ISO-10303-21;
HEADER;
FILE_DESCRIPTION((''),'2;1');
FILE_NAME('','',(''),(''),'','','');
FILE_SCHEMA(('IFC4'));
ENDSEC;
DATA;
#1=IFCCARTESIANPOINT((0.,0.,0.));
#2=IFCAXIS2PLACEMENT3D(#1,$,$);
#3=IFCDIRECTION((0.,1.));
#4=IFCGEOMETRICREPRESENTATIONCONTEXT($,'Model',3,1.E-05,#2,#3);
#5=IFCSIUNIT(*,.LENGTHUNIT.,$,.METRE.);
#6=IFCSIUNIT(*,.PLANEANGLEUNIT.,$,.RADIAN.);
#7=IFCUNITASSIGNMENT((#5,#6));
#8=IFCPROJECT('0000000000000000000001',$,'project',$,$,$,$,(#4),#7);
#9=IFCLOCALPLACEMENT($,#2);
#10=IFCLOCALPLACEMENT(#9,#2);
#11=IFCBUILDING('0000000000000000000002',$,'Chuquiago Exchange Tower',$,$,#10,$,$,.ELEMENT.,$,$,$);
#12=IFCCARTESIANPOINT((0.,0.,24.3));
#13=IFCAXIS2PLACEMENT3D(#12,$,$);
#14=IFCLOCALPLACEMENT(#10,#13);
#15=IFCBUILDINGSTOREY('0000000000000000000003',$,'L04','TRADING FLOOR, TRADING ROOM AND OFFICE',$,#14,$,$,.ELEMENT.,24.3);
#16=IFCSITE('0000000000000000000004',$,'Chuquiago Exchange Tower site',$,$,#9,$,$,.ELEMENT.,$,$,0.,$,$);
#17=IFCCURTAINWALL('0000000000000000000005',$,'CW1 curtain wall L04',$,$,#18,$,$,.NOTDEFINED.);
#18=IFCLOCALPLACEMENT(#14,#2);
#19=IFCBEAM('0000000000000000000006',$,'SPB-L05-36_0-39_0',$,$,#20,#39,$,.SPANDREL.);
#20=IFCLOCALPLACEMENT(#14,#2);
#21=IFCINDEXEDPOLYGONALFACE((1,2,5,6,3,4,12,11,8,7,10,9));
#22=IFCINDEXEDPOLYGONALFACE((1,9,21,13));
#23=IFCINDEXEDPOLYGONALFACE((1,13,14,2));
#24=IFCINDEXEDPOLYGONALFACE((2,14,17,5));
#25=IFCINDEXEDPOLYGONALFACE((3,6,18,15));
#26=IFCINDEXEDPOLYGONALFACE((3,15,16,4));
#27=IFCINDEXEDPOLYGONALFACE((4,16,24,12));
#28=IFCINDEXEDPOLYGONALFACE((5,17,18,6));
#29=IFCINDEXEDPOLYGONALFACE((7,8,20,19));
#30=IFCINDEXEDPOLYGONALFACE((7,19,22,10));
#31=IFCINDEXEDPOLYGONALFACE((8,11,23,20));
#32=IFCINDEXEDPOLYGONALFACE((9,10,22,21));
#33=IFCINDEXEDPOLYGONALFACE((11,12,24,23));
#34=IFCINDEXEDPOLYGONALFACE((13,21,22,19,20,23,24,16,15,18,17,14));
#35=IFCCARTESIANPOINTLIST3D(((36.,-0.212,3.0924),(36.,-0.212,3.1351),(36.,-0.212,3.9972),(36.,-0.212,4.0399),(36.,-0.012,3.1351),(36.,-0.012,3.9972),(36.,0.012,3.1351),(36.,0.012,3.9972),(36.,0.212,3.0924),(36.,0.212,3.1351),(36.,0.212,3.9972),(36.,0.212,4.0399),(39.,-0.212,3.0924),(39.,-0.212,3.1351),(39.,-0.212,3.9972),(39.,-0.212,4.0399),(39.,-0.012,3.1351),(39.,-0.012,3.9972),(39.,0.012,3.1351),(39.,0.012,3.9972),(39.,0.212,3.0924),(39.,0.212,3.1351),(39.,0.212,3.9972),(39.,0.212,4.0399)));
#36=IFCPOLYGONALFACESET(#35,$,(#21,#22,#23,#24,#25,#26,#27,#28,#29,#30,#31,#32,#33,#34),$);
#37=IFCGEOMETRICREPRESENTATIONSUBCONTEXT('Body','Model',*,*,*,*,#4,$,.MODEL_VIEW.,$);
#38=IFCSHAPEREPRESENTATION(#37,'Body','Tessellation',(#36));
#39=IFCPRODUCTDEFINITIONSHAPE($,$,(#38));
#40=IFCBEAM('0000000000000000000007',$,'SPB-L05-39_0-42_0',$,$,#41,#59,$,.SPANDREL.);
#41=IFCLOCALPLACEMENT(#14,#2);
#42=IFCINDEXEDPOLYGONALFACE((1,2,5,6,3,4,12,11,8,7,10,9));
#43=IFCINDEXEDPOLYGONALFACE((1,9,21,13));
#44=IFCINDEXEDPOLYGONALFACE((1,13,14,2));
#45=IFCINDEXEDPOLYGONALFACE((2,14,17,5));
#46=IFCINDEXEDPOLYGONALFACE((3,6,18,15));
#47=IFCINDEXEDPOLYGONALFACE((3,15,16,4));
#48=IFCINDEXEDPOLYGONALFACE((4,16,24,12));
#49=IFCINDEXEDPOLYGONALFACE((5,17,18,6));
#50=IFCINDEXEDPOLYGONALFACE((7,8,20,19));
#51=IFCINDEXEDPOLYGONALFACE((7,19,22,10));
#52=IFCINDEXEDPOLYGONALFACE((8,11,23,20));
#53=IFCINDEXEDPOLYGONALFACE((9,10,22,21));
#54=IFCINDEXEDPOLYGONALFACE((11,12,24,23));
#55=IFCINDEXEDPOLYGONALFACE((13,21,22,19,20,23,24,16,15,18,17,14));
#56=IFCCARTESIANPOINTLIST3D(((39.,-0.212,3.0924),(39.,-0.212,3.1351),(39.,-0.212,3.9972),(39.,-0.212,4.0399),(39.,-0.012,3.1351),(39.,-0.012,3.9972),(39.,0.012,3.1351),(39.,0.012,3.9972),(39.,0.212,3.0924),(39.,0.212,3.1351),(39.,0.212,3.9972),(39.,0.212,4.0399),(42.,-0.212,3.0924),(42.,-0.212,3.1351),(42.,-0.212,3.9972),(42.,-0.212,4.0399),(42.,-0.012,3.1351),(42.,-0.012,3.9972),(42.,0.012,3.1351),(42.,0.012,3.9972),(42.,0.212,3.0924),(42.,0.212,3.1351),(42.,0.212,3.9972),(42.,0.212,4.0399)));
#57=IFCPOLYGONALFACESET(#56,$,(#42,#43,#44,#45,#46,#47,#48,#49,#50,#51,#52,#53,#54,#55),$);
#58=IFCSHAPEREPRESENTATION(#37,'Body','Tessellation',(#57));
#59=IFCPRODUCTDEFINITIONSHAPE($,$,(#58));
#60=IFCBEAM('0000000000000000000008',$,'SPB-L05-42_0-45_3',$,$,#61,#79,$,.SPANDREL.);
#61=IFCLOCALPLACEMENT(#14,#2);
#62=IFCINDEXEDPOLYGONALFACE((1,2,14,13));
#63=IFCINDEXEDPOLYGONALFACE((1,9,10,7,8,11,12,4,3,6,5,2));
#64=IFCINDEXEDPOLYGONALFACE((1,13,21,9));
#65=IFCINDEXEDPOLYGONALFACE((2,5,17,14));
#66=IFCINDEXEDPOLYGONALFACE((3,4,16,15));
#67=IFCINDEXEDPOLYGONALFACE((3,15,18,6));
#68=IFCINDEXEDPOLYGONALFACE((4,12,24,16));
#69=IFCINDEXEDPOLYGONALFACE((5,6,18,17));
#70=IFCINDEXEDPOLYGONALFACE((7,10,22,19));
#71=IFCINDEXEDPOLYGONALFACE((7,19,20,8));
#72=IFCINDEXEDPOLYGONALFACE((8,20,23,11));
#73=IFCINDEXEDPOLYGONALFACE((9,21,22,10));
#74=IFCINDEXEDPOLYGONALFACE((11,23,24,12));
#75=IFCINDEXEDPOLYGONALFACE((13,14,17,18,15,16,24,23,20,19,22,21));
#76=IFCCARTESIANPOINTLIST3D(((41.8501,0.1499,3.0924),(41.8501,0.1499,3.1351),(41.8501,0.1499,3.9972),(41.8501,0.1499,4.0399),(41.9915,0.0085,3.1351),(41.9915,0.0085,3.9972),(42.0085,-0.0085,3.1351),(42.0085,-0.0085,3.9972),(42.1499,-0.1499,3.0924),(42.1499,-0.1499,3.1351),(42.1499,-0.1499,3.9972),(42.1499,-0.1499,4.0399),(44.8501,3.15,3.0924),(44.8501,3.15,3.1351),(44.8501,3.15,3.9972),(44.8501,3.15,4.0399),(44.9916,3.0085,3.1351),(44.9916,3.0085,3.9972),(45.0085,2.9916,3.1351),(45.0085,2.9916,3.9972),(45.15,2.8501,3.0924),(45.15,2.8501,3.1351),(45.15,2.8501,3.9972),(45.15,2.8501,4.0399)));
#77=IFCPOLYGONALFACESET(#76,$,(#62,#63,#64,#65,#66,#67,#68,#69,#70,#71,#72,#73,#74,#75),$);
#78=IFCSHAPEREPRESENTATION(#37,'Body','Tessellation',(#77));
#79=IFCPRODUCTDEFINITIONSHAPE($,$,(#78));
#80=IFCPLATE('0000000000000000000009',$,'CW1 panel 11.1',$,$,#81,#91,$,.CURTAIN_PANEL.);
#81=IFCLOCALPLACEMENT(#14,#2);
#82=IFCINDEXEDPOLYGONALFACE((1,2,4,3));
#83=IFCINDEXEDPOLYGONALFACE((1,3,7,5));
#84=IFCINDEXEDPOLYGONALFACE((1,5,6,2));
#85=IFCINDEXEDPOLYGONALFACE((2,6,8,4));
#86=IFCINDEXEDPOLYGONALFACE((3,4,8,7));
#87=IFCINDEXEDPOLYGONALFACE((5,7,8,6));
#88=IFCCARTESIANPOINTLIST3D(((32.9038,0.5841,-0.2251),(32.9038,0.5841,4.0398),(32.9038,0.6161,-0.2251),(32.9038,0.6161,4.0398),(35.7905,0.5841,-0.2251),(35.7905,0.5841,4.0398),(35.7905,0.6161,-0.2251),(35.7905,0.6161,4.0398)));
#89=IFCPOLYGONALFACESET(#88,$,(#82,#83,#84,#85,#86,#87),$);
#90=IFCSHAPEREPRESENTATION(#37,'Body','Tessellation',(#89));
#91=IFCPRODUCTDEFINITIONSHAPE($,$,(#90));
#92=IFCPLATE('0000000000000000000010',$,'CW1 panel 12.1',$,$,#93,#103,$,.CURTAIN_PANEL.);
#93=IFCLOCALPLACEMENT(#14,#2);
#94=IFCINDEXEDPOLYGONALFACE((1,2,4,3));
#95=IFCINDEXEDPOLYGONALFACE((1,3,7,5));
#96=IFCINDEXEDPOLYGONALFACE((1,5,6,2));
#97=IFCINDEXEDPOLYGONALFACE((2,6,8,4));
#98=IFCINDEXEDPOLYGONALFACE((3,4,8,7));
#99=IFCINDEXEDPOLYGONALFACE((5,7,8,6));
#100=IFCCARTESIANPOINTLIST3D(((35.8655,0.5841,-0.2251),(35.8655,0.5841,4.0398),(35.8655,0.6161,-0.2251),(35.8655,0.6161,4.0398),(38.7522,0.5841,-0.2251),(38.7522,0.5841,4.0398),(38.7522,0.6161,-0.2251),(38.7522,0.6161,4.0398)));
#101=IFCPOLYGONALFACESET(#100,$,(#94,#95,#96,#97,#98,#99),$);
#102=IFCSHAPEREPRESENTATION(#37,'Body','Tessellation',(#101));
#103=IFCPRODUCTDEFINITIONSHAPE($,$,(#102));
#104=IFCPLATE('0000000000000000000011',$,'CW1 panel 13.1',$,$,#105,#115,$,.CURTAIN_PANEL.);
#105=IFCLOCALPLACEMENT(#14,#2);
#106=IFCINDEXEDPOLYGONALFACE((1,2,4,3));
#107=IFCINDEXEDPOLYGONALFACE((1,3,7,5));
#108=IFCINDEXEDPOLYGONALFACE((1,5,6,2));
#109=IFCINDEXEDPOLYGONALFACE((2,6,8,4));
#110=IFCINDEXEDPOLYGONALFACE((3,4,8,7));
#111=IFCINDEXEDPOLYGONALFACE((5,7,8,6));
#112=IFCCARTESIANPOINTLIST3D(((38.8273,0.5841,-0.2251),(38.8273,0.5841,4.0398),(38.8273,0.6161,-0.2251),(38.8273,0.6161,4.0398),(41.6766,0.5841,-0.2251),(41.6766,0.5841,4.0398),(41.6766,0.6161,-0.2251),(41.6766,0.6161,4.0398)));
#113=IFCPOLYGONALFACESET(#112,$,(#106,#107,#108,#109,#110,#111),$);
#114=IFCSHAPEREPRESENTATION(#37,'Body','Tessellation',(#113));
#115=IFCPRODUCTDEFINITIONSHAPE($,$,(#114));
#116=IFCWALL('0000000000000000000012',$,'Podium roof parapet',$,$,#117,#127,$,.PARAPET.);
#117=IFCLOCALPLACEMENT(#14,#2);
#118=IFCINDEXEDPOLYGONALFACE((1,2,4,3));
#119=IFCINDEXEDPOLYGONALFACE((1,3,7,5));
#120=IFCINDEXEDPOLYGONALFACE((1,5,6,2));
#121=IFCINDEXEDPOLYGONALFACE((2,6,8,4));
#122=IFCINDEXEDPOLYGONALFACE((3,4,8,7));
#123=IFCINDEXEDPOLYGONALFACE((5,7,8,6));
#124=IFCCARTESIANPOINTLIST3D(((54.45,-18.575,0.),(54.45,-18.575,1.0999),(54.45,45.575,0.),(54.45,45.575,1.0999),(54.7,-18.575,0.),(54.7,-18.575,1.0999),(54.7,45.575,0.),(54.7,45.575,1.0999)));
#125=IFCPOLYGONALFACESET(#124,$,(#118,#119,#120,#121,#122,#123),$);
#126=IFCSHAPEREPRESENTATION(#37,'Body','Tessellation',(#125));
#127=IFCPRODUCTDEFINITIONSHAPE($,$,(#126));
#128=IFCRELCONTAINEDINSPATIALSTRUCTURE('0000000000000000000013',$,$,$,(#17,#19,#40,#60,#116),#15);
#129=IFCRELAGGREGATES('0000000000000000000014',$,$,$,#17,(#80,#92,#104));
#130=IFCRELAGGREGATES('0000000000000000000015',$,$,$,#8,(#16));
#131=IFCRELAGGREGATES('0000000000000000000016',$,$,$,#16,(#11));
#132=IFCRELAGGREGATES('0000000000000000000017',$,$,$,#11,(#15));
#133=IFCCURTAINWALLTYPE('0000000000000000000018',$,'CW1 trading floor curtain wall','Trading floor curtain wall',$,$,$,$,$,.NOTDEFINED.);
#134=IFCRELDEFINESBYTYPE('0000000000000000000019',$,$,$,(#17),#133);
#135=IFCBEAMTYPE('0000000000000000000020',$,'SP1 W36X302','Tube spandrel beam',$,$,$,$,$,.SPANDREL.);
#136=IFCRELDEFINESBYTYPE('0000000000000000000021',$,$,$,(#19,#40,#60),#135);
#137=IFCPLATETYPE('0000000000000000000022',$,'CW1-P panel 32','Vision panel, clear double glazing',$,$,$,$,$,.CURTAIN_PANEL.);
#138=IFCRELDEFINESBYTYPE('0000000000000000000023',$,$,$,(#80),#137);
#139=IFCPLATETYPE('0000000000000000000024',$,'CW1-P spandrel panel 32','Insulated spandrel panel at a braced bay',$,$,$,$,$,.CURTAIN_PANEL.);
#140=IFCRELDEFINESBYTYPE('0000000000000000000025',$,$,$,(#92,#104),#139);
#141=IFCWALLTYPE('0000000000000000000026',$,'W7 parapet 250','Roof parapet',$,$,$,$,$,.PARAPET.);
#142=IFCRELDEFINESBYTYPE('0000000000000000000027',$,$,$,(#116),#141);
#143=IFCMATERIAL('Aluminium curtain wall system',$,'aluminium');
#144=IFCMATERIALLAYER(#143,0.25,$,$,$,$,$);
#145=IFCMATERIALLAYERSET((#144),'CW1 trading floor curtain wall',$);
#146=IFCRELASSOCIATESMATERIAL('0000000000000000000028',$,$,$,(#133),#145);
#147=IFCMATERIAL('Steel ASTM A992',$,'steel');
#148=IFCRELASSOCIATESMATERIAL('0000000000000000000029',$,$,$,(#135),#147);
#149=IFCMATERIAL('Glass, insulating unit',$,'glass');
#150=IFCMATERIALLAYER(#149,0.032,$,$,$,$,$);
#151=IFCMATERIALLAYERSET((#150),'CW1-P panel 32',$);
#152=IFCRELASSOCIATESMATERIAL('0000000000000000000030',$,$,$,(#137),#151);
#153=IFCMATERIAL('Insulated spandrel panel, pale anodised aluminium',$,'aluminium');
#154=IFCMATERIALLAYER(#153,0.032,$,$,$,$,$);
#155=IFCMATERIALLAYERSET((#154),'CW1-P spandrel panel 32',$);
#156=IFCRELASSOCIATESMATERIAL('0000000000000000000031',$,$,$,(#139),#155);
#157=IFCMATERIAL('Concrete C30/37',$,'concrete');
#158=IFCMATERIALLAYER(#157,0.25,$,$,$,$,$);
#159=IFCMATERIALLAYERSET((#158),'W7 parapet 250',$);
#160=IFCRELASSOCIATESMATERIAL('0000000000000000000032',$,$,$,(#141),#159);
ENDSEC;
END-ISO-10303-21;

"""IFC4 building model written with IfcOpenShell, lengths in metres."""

from ifc_helpers import new_model, si_unit, direction, frame, frame_2d, origin, origin_2d, place, context, subcontext, project, spatial, rectangle, i_section, extrude, material, layer, layer_set, material_profile, profile_set, type_object, element, aggregate, save


model = new_model("IFC4")

# Units and contexts
model_context = context("Model", 3, precision=1e-05, world=origin(), true_north=direction((0.0, 1.0)))
body_context = subcontext(model_context, "Body", "Model", "MODEL_VIEW")
ifc_project = project(units=[si_unit("LENGTHUNIT", "METRE"), si_unit("PLANEANGLEUNIT", "RADIAN")], contexts=[model_context])

# Site, building, storey
site_placement = place(None, origin())
site = spatial("IfcSite", under=ifc_project, at=site_placement, Name="Chuquiago Exchange Tower site", CompositionType="ELEMENT", RefElevation=0.0)
building_placement = place(site_placement, origin())
building = spatial("IfcBuilding", under=site, at=building_placement, Name="Chuquiago Exchange Tower", CompositionType="ELEMENT")
storey_placement = place(building_placement, frame((0.0, 0.0, 24.3)))
storey = spatial("IfcBuildingStorey", under=building, at=storey_placement, Name="L04", Description="TRADING FLOOR, TRADING ROOM AND OFFICE", CompositionType="ELEMENT", Elevation=24.3)

# Curtain wall
ifc_material_1 = material(Name="Aluminium curtain wall system", Category="aluminium")
ifc_layer_1 = layer(ifc_material_1, 0.25)
ifc_layer_set_1 = layer_set([ifc_layer_1], Name="CW1 trading floor curtain wall")
curtain_wall_type_1 = type_object("IfcCurtainWallType", Name="CW1 trading floor curtain wall", Description="Trading floor curtain wall", PredefinedType="NOTDEFINED", material=ifc_layer_set_1)
curtain_wall_1_placement = place(storey_placement, origin())
curtain_wall_1 = element("IfcCurtainWall", 1, at=curtain_wall_1_placement, inside=storey, type_object=curtain_wall_type_1, Name="CW1 curtain wall L04", PredefinedType="NOTDEFINED")

# Beams
ifc_material_2 = material(Name="Steel ASTM A992", Category="steel")
ifc_material_profile_1 = material_profile(ifc_material_2, i_section(OverallWidth=0.4241, OverallDepth=0.9475, WebThickness=0.0239, FlangeThickness=0.0427, at=origin_2d()), Name="W36X302")
ifc_profile_set_1 = profile_set([ifc_material_profile_1], Name="Steel ASTM A992")
beam_type = type_object("IfcBeamType", Name="SP1 W36X302", Description="Tube spandrel beam", PredefinedType="SPANDREL", material=ifc_profile_set_1)
for number, where, z_axis, x_axis, name in (
    (2, (36.0, 0.0, 3.5662), (1.0, 0.0, 0.0), (0.0, 1.0, 0.0), "SPB-L05-36_0-39_0"),
    (3, (39.0, 0.0, 3.5662), (1.0, 0.0, 0.0), (0.0, 1.0, 0.0), "SPB-L05-39_0-42_0"),
):
    element("IfcBeam", number, at=place(storey_placement, frame(where, z_axis=z_axis, x_axis=x_axis)), inside=storey, type_object=beam_type, Name=name, PredefinedType="SPANDREL", context=body_context, shape_type="SweptSolid", body=[
        extrude(i_section(OverallWidth=0.4241, OverallDepth=0.9475, WebThickness=0.0239, FlangeThickness=0.0427, at=origin_2d()), origin(), (0.0, 0.0, 1.0), 3.0),
    ])
beam_placement = place(storey_placement, frame((42.0, 0.0, 3.5662), z_axis=(0.707107, 0.707107, 0.0), x_axis=(-0.707107, 0.707107, 0.0)))
element("IfcBeam", 4, at=beam_placement, inside=storey, type_object=beam_type, Name="SPB-L05-42_0-45_3", PredefinedType="SPANDREL", context=body_context, shape_type="SweptSolid", body=[
    extrude(i_section(OverallWidth=0.4241, OverallDepth=0.9475, WebThickness=0.0239, FlangeThickness=0.0427, at=origin_2d()), origin(), (0.0, 0.0, 1.0), 4.2427),
])

# Plates
ifc_material_3 = material(Name="Glass, insulating unit", Category="glass")
ifc_layer_2 = layer(ifc_material_3, 0.032)
ifc_layer_set_2 = layer_set([ifc_layer_2], Name="CW1-P panel 32")
plate_type_1 = type_object("IfcPlateType", Name="CW1-P panel 32", Description="Vision panel, clear double glazing", PredefinedType="CURTAIN_PANEL", material=ifc_layer_set_2)
plate_1_placement = place(storey_placement, frame((34.3472, 0.6001, -0.2251), z_axis=(0.0, 0.0, 1.0), x_axis=(1.0, 0.0, 0.0)))
plate_1 = element("IfcPlate", 5, at=plate_1_placement, type_object=plate_type_1, Name="CW1 panel 11.1", PredefinedType="CURTAIN_PANEL", context=body_context, shape_type="SweptSolid", body=[
    extrude(rectangle(XDim=2.8867, YDim=0.032, at=origin_2d()), origin(), (0.0, 0.0, 1.0), 4.2649),
])
ifc_material_4 = material(Name="Insulated spandrel panel, pale anodised aluminium", Category="aluminium")
ifc_layer_3 = layer(ifc_material_4, 0.032)
ifc_layer_set_3 = layer_set([ifc_layer_3], Name="CW1-P spandrel panel 32")
plate_type_2 = type_object("IfcPlateType", Name="CW1-P spandrel panel 32", Description="Insulated spandrel panel at a braced bay", PredefinedType="CURTAIN_PANEL", material=ifc_layer_set_3)
plate_2_placement = place(storey_placement, frame((37.3088, 0.6001, -0.2251), z_axis=(0.0, 0.0, 1.0), x_axis=(1.0, 0.0, 0.0)))
plate_2 = element("IfcPlate", 6, at=plate_2_placement, type_object=plate_type_2, Name="CW1 panel 12.1", PredefinedType="CURTAIN_PANEL", context=body_context, shape_type="SweptSolid", body=[
    extrude(rectangle(XDim=2.8867, YDim=0.032, at=origin_2d()), origin(), (0.0, 0.0, 1.0), 4.2649),
])
plate_3_placement = place(storey_placement, frame((40.252, 0.6001, -0.2251), z_axis=(0.0, 0.0, 1.0), x_axis=(1.0, 0.0, 0.0)))
plate_3 = element("IfcPlate", 7, at=plate_3_placement, type_object=plate_type_2, Name="CW1 panel 13.1", PredefinedType="CURTAIN_PANEL", context=body_context, shape_type="SweptSolid", body=[
    extrude(rectangle(XDim=2.8494, YDim=0.032, at=origin_2d()), origin(), (0.0, 0.0, 1.0), 4.2649),
])
aggregate(curtain_wall_1, [plate_1, plate_2, plate_3])

# Wall
ifc_material_5 = material(Name="Concrete C30/37", Category="concrete")
ifc_layer_4 = layer(ifc_material_5, 0.25)
ifc_layer_set_4 = layer_set([ifc_layer_4], Name="W7 parapet 250")
wall_type = type_object("IfcWallType", Name="W7 parapet 250", Description="Roof parapet", PredefinedType="PARAPET", material=ifc_layer_set_4)
wall_placement = place(storey_placement, frame((54.575, -18.575, 0.0), z_axis=(0.0, 0.0, 1.0), x_axis=(0.0, 1.0, 0.0)))
element("IfcWall", 8, at=wall_placement, inside=storey, type_object=wall_type, Name="Podium roof parapet", PredefinedType="PARAPET", context=body_context, shape_type="SweptSolid", body=[
    extrude(rectangle(XDim=64.1499, YDim=0.25, at=frame_2d((32.075, 0.0))), origin(), (0.0, 0.0, 1.0), 1.0999),
])

save(model, "model.ifc")
